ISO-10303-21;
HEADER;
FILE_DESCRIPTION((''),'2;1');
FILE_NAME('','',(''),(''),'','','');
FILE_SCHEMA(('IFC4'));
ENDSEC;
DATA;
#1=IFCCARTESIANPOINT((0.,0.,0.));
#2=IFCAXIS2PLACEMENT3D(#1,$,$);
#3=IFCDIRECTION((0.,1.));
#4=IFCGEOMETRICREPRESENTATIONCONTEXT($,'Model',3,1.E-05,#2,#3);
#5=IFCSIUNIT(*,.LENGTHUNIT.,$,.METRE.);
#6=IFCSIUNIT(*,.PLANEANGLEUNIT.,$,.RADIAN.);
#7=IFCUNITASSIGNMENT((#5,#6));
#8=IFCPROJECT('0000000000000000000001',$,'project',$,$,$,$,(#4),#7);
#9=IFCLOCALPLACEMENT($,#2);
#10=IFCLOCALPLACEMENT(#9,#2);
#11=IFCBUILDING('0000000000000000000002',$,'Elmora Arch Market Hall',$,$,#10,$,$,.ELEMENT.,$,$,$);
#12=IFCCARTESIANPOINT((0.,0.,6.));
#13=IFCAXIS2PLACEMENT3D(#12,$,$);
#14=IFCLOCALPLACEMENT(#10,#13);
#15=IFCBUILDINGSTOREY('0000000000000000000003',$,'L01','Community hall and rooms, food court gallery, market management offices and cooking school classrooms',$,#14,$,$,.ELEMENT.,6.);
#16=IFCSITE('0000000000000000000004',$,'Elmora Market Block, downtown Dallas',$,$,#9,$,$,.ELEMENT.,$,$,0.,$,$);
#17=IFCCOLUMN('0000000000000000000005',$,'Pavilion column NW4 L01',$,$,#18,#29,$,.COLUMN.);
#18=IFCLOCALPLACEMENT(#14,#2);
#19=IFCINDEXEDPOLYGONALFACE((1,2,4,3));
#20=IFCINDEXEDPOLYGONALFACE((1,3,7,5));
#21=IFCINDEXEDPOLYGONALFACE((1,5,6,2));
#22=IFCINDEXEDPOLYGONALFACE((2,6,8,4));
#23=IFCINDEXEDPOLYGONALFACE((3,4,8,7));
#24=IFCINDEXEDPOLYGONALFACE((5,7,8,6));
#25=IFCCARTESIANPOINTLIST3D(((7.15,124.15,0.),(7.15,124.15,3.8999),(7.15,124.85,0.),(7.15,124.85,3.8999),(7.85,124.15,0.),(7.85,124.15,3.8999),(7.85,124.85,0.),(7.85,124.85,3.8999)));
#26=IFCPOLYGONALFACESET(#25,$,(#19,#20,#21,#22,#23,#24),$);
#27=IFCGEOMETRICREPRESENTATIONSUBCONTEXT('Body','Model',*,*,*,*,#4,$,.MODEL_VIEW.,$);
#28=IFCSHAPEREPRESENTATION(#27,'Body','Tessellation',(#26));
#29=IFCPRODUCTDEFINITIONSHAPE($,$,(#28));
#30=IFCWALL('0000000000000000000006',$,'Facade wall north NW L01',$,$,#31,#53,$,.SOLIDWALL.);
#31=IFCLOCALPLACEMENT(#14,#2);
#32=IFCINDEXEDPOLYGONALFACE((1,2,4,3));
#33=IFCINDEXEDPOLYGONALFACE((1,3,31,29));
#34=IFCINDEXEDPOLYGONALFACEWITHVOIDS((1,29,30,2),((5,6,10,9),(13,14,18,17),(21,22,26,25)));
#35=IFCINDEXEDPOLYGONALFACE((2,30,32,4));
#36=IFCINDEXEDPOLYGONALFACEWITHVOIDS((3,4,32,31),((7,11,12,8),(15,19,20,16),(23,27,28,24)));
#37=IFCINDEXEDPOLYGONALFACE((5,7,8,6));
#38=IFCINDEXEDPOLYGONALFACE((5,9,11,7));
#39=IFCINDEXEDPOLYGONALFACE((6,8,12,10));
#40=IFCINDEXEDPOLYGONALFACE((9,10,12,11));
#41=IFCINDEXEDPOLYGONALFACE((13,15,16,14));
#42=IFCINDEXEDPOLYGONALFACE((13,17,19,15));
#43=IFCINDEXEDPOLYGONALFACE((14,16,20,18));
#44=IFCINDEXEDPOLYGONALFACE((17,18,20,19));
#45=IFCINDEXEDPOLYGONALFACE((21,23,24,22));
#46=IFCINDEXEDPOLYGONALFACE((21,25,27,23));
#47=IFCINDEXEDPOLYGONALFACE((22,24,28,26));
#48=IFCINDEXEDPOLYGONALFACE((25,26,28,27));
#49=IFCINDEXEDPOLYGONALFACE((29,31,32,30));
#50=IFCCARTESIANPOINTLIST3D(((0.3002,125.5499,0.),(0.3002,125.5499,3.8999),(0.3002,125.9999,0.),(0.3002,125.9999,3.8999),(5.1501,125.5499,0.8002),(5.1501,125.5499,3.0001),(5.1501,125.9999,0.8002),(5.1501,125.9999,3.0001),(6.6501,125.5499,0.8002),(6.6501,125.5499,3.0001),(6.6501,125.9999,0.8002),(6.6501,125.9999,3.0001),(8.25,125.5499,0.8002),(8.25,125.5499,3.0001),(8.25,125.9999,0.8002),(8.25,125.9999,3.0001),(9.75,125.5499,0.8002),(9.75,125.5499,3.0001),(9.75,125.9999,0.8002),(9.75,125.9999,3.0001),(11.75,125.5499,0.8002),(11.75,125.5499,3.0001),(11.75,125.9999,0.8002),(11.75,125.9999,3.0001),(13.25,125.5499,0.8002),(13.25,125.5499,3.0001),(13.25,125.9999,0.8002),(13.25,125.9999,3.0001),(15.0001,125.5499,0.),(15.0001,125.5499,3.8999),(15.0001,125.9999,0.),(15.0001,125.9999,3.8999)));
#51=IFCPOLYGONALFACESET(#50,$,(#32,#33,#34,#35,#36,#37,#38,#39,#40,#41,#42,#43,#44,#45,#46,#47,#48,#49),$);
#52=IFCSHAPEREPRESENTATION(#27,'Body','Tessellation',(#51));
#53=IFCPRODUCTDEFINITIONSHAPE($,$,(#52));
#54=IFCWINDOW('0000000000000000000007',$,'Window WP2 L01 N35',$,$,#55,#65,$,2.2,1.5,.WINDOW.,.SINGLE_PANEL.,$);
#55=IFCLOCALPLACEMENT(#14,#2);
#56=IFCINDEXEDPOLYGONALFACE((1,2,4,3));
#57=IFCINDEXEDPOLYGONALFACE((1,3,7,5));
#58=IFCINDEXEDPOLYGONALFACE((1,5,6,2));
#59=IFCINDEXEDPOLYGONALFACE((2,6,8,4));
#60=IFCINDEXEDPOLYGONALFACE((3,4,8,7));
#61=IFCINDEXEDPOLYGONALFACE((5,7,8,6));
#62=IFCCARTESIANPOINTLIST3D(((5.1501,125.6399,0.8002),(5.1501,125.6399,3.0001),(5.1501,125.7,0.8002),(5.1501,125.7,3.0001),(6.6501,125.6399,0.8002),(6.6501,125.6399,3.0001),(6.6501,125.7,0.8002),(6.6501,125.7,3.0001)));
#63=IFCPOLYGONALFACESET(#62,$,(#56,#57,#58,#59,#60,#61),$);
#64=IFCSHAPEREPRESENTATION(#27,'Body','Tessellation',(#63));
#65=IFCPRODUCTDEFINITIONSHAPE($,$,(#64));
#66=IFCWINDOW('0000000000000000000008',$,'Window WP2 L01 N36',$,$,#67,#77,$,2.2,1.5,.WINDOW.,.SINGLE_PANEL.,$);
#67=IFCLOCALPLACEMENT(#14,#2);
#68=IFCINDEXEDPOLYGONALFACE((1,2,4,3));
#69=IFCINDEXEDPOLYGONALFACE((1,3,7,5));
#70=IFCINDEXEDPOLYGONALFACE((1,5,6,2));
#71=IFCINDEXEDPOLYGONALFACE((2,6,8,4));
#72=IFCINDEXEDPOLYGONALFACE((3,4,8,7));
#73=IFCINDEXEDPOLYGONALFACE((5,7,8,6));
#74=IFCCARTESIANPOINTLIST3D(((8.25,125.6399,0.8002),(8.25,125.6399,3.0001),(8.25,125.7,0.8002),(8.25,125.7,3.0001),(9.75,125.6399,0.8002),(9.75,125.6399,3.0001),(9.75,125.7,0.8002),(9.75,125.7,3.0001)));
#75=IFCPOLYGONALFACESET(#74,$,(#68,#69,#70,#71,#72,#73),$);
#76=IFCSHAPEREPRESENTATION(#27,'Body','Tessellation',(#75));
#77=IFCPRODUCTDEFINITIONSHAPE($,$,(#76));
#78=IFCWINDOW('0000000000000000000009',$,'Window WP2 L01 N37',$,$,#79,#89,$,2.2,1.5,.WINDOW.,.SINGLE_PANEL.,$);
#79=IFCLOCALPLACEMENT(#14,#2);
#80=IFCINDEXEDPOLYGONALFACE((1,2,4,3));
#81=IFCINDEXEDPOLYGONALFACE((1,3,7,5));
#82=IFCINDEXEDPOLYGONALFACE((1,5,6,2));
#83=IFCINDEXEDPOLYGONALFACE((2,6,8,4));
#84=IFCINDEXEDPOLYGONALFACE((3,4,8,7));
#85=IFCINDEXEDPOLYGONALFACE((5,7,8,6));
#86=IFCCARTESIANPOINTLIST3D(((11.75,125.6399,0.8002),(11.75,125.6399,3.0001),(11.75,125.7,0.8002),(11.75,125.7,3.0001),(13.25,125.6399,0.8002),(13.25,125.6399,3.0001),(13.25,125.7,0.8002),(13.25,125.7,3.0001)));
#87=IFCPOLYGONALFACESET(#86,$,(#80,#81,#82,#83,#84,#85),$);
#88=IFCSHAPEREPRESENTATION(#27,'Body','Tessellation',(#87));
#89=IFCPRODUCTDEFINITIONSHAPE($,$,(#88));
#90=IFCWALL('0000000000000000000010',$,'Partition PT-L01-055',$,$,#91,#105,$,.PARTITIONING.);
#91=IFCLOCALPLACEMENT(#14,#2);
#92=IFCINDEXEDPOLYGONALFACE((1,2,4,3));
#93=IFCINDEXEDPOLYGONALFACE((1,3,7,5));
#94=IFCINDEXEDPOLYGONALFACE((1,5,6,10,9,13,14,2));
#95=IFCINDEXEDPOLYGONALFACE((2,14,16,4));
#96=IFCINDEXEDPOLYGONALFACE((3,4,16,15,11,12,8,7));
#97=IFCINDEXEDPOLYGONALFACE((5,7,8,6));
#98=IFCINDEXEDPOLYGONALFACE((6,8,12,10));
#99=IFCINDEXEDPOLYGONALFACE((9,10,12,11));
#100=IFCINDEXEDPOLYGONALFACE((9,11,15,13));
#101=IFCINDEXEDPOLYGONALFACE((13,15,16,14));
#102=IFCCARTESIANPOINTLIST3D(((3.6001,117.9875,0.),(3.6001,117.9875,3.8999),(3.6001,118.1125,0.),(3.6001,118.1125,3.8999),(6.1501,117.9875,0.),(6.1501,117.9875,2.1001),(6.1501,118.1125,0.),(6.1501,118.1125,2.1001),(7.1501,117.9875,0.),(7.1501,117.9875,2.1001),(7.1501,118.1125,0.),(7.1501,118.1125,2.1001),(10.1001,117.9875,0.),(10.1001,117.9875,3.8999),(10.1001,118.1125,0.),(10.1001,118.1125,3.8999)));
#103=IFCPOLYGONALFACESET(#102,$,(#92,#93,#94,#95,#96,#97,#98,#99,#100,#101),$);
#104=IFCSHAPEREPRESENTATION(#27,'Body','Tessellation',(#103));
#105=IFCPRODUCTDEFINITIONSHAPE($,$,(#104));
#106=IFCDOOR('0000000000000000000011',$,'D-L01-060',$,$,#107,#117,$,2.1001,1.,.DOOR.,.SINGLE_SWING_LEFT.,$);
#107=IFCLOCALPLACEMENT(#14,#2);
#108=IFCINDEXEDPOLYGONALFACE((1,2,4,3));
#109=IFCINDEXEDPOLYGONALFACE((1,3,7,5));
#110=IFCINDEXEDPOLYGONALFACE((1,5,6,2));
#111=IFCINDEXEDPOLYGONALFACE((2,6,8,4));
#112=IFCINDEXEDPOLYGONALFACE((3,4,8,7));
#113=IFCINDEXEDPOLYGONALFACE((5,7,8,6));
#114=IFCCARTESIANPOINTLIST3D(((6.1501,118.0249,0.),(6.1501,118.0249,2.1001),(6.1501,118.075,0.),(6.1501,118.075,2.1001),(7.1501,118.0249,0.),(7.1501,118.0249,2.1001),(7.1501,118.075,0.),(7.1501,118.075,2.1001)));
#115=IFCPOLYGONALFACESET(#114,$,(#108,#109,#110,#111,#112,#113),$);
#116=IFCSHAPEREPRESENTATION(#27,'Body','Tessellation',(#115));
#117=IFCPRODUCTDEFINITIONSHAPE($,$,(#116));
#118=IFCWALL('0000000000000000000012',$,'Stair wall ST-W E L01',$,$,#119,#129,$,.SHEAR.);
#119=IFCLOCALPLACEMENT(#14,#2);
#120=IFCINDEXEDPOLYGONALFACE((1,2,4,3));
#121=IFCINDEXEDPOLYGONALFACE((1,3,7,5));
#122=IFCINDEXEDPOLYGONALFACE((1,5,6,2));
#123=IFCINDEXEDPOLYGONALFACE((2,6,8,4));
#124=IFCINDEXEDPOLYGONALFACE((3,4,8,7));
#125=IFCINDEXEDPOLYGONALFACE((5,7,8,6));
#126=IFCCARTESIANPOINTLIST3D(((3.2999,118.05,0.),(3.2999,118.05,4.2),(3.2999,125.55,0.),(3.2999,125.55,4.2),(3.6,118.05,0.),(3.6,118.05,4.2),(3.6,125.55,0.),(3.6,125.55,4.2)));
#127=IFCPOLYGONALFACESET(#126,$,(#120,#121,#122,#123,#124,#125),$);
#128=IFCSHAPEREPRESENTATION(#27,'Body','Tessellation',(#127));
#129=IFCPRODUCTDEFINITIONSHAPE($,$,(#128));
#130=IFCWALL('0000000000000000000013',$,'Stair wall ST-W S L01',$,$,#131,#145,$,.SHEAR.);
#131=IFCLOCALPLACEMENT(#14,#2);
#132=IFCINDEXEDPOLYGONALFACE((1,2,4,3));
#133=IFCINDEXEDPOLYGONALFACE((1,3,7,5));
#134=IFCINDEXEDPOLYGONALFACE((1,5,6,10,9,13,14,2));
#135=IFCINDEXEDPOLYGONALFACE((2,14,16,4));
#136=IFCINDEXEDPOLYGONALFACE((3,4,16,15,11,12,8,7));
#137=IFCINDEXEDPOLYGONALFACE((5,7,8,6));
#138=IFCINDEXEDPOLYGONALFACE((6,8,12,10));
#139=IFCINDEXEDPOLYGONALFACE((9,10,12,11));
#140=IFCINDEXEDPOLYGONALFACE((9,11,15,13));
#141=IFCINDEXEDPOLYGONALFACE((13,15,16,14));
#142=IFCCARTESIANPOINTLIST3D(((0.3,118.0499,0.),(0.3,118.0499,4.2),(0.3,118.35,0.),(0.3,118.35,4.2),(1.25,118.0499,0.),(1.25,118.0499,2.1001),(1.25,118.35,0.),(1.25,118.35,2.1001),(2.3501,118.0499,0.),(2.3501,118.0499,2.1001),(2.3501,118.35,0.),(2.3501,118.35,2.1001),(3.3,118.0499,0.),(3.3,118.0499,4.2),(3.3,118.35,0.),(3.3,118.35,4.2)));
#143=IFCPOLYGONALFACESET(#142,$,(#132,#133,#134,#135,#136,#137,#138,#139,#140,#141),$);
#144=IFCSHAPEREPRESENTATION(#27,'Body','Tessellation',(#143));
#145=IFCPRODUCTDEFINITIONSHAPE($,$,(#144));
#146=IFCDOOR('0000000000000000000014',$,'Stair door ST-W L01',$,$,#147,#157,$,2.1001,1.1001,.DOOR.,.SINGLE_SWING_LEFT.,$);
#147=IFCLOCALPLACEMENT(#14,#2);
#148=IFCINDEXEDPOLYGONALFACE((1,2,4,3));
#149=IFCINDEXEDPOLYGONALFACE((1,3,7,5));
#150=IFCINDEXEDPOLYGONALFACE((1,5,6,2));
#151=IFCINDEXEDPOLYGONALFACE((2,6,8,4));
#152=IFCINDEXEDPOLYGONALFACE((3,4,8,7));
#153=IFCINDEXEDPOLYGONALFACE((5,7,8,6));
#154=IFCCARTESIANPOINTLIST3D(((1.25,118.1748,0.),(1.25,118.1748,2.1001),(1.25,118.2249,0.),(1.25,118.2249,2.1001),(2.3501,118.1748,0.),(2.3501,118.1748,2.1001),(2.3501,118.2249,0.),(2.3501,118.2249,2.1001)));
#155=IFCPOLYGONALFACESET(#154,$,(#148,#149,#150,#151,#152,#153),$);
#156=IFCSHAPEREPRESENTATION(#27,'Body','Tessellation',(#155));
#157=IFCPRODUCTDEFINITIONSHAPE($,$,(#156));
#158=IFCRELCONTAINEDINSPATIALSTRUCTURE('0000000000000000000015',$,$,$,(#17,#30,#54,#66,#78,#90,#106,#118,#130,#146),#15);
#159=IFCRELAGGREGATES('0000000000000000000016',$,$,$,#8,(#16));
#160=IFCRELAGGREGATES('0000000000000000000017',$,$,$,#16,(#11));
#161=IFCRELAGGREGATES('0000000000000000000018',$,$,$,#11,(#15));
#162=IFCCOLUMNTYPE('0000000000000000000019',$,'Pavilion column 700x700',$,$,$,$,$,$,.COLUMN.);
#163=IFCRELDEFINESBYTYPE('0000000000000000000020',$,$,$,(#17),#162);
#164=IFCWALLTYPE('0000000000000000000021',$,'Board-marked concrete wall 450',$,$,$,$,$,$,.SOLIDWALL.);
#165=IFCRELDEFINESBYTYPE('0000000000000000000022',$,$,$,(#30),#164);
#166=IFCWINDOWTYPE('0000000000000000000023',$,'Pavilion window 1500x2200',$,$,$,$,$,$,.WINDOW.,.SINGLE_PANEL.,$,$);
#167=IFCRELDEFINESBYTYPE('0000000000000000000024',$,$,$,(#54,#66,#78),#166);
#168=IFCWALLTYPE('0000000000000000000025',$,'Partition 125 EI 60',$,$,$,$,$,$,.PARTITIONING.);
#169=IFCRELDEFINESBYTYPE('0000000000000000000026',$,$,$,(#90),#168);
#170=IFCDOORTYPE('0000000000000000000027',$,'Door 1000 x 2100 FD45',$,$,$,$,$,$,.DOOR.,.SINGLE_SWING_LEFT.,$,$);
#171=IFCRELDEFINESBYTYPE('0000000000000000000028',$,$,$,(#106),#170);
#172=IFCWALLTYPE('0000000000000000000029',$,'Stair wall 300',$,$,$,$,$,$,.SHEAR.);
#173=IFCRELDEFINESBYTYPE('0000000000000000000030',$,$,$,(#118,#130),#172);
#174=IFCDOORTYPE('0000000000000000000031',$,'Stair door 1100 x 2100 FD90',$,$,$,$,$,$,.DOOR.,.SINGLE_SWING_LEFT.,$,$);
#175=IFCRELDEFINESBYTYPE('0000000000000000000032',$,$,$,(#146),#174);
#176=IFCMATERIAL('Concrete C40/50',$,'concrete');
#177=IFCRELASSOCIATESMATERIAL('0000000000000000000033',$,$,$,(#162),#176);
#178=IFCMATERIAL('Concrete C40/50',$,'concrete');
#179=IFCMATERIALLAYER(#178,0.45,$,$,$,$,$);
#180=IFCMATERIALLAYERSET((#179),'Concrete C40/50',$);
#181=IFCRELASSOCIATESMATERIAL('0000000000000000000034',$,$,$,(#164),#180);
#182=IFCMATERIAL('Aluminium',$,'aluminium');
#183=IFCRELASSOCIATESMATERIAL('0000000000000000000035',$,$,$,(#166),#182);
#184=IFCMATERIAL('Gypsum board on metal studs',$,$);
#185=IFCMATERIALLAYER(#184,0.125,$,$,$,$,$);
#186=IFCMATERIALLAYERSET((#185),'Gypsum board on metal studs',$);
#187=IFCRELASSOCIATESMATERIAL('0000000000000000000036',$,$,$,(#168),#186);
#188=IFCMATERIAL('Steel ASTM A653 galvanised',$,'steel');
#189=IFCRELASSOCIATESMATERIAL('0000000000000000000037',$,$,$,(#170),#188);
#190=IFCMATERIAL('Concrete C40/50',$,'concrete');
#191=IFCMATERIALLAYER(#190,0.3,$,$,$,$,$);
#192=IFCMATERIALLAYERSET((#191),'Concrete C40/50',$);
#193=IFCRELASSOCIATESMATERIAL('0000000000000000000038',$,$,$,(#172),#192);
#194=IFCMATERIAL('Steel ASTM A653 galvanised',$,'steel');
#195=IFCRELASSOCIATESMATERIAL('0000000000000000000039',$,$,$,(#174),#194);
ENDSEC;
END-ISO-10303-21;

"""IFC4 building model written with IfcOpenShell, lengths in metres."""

from ifc_helpers import new_model, si_unit, direction, frame, frame_2d, origin, origin_2d, place, context, subcontext, project, spatial, rectangle, extrude, material, layer, layer_set, material_profile, profile_set, type_object, element, fill, save


model = new_model("IFC4")

# Units and contexts
model_context = context("Model", 3, precision=1e-05, world=origin(), true_north=direction((0.0, 1.0)))
body_context = subcontext(model_context, "Body", "Model", "MODEL_VIEW")
ifc_project = project(units=[si_unit("LENGTHUNIT", "METRE"), si_unit("PLANEANGLEUNIT", "RADIAN")], contexts=[model_context])

# Site, building, storey
site_placement = place(None, origin())
site = spatial("IfcSite", under=ifc_project, at=site_placement, Name="Elmora Market Block, downtown Dallas", CompositionType="ELEMENT", RefElevation=0.0)
building_placement = place(site_placement, origin())
building = spatial("IfcBuilding", under=site, at=building_placement, Name="Elmora Arch Market Hall", CompositionType="ELEMENT")
storey_placement = place(building_placement, frame((0.0, 0.0, 6.0)))
storey = spatial("IfcBuildingStorey", under=building, at=storey_placement, Name="L01", Description="Community hall and rooms, food court gallery, market management offices and cooking school classrooms", CompositionType="ELEMENT", Elevation=6.0)

# Column
ifc_material_1 = material(Name="Concrete C40/50", Category="concrete")
ifc_material_profile = material_profile(ifc_material_1, rectangle(XDim=0.7, YDim=0.7, at=origin_2d()), Name="Pavilion column 700x700")
ifc_profile_set = profile_set([ifc_material_profile], Name="Concrete C40/50")
column_type = type_object("IfcColumnType", Name="Pavilion column 700x700", PredefinedType="COLUMN", material=ifc_profile_set)
column_placement = place(storey_placement, frame((7.5, 124.5, 0.0), z_axis=(0.0, 0.0, 1.0), x_axis=(1.0, 0.0, 0.0)))
element("IfcColumn", 1, at=column_placement, inside=storey, type_object=column_type, Name="Pavilion column NW4 L01", PredefinedType="COLUMN", context=body_context, shape_type="SweptSolid", body=[
    extrude(rectangle(XDim=0.7, YDim=0.7, at=origin_2d()), origin(), (0.0, 0.0, 1.0), 3.8999),
])

# Wall, openings, windows
ifc_material_2 = material(Name="Concrete C40/50", Category="concrete")
ifc_layer_1 = layer(ifc_material_2, 0.45)
ifc_layer_set_1 = layer_set([ifc_layer_1], Name="Concrete C40/50")
wall_type_1 = type_object("IfcWallType", Name="Board-marked concrete wall 450", PredefinedType="SOLIDWALL", material=ifc_layer_set_1)
wall_1_placement = place(storey_placement, frame((0.3, 125.7749, 0.0), z_axis=(0.0, 0.0, 1.0), x_axis=(1.0, 0.0, 0.0)))
wall_1 = element("IfcWall", 2, at=wall_1_placement, inside=storey, type_object=wall_type_1, Name="Facade wall north NW L01", PredefinedType="SOLIDWALL", context=body_context, shape_type="SweptSolid", body=[
    extrude(rectangle(XDim=14.7, YDim=0.45, at=frame_2d((7.3501, 0.0))), origin(), (0.0, 0.0, 1.0), 3.8999),
])
opening_1_placement = place(wall_1_placement, frame((4.8501, 0.0, 0.8)))
opening_1 = element("IfcOpeningElement", 3, at=opening_1_placement, cuts=wall_1, PredefinedType="OPENING", context=body_context, shape_type="SweptSolid", body=[
    extrude(rectangle(XDim=1.5, YDim=2.2, at=frame_2d((0.75, 1.1001))), frame((0.0, 0.2349, 0.0), z_axis=(0.0, -1.0, 0.0), x_axis=(1.0, 0.0, 0.0)), (0.0, 0.0, 1.0), 0.47),
])
opening_2_placement = place(wall_1_placement, frame((7.95, 0.0, 0.8)))
opening_2 = element("IfcOpeningElement", 4, at=opening_2_placement, cuts=wall_1, PredefinedType="OPENING", context=body_context, shape_type="SweptSolid", body=[
    extrude(rectangle(XDim=1.5, YDim=2.2, at=frame_2d((0.75, 1.1001))), frame((0.0, 0.2349, 0.0), z_axis=(0.0, -1.0, 0.0), x_axis=(1.0, 0.0, 0.0)), (0.0, 0.0, 1.0), 0.47),
])
opening_3_placement = place(wall_1_placement, frame((11.45, 0.0, 0.8)))
opening_3 = element("IfcOpeningElement", 5, at=opening_3_placement, cuts=wall_1, PredefinedType="OPENING", context=body_context, shape_type="SweptSolid", body=[
    extrude(rectangle(XDim=1.5, YDim=2.2, at=frame_2d((0.75, 1.1001))), frame((0.0, 0.2349, 0.0), z_axis=(0.0, -1.0, 0.0), x_axis=(1.0, 0.0, 0.0)), (0.0, 0.0, 1.0), 0.47),
])
ifc_material_3 = material(Name="Aluminium", Category="aluminium")
window_type = type_object("IfcWindowType", Name="Pavilion window 1500x2200", PartitioningType="SINGLE_PANEL", PredefinedType="WINDOW", material=ifc_material_3)
window_1_placement = place(opening_1_placement, origin())
window_1 = element("IfcWindow", 6, at=window_1_placement, inside=storey, type_object=window_type, Name="Window WP2 L01 N35", OverallHeight=2.2, OverallWidth=1.5, PartitioningType="SINGLE_PANEL", PredefinedType="WINDOW", context=body_context, shape_type="SweptSolid", body=[
    extrude(rectangle(XDim=1.5, YDim=2.2, at=frame_2d((0.75, 1.1001))), frame((0.0, -0.075, 0.0), z_axis=(0.0, -1.0, 0.0), x_axis=(1.0, 0.0, 0.0)), (0.0, 0.0, 1.0), 0.0601),
])
fill(opening_1, window_1)
window_2_placement = place(opening_2_placement, origin())
window_2 = element("IfcWindow", 7, at=window_2_placement, inside=storey, type_object=window_type, Name="Window WP2 L01 N36", OverallHeight=2.2, OverallWidth=1.5, PartitioningType="SINGLE_PANEL", PredefinedType="WINDOW", context=body_context, shape_type="SweptSolid", body=[
    extrude(rectangle(XDim=1.5, YDim=2.2, at=frame_2d((0.75, 1.1001))), frame((0.0, -0.075, 0.0), z_axis=(0.0, -1.0, 0.0), x_axis=(1.0, 0.0, 0.0)), (0.0, 0.0, 1.0), 0.0601),
])
fill(opening_2, window_2)
window_3_placement = place(opening_3_placement, origin())
window_3 = element("IfcWindow", 8, at=window_3_placement, inside=storey, type_object=window_type, Name="Window WP2 L01 N37", OverallHeight=2.2, OverallWidth=1.5, PartitioningType="SINGLE_PANEL", PredefinedType="WINDOW", context=body_context, shape_type="SweptSolid", body=[
    extrude(rectangle(XDim=1.5, YDim=2.2, at=frame_2d((0.75, 1.1001))), frame((0.0, -0.075, 0.0), z_axis=(0.0, -1.0, 0.0), x_axis=(1.0, 0.0, 0.0)), (0.0, 0.0, 1.0), 0.0601),
])
fill(opening_3, window_3)

# Wall, opening, door
ifc_material_4 = material(Name="Gypsum board on metal studs")
ifc_layer_2 = layer(ifc_material_4, 0.125)
ifc_layer_set_2 = layer_set([ifc_layer_2], Name="Gypsum board on metal studs")
wall_type_2 = type_object("IfcWallType", Name="Partition 125 EI 60", PredefinedType="PARTITIONING", material=ifc_layer_set_2)
wall_2_placement = place(storey_placement, frame((3.6001, 118.05, 0.0), z_axis=(0.0, 0.0, 1.0), x_axis=(1.0, 0.0, 0.0)))
wall_2 = element("IfcWall", 9, at=wall_2_placement, inside=storey, type_object=wall_type_2, Name="Partition PT-L01-055", PredefinedType="PARTITIONING", context=body_context, shape_type="SweptSolid", body=[
    extrude(rectangle(XDim=6.5, YDim=0.125, at=frame_2d((3.25, 0.0))), origin(), (0.0, 0.0, 1.0), 3.8999),
])
opening_4_placement = place(wall_2_placement, frame((2.55, 0.0, 0.0)))
opening_4 = element("IfcOpeningElement", 10, at=opening_4_placement, cuts=wall_2, PredefinedType="OPENING", context=body_context, shape_type="SweptSolid", body=[
    extrude(rectangle(XDim=1.0, YDim=2.1001, at=frame_2d((0.5, 1.05))), frame((0.0, 0.0725, 0.0), z_axis=(0.0, -1.0, 0.0), x_axis=(1.0, 0.0, 0.0)), (0.0, 0.0, 1.0), 0.145),
])
ifc_material_5 = material(Name="Steel ASTM A653 galvanised", Category="steel")
door_type_1 = type_object("IfcDoorType", Name="Door 1000 x 2100 FD45", OperationType="SINGLE_SWING_LEFT", PredefinedType="DOOR", material=ifc_material_5)
door_1_placement = place(opening_4_placement, origin())
door_1 = element("IfcDoor", 11, at=door_1_placement, inside=storey, type_object=door_type_1, Name="D-L01-060", OperationType="SINGLE_SWING_LEFT", OverallHeight=2.1001, OverallWidth=1.0, PredefinedType="DOOR", context=body_context, shape_type="SweptSolid", body=[
    extrude(rectangle(XDim=1.0, YDim=2.1001, at=frame_2d((0.5, 1.05))), frame((0.0, 0.0249, 0.0), z_axis=(0.0, -1.0, 0.0), x_axis=(1.0, 0.0, 0.0)), (0.0, 0.0, 1.0), 0.05),
])
fill(opening_4, door_1)

# Wall
ifc_material_6 = material(Name="Concrete C40/50", Category="concrete")
ifc_layer_3 = layer(ifc_material_6, 0.3)
ifc_layer_set_3 = layer_set([ifc_layer_3], Name="Concrete C40/50")
wall_type_3 = type_object("IfcWallType", Name="Stair wall 300", PredefinedType="SHEAR", material=ifc_layer_set_3)
wall_3_placement = place(storey_placement, frame((3.45, 118.05, 0.0), z_axis=(0.0, 0.0, 1.0), x_axis=(0.0, 1.0, 0.0)))
element("IfcWall", 12, at=wall_3_placement, inside=storey, type_object=wall_type_3, Name="Stair wall ST-W E L01", PredefinedType="SHEAR", context=body_context, shape_type="SweptSolid", body=[
    extrude(rectangle(XDim=7.5, YDim=0.3, at=frame_2d((3.75, 0.0))), origin(), (0.0, 0.0, 1.0), 4.2),
])

# Wall, opening, door
wall_4_placement = place(storey_placement, frame((0.3, 118.2, 0.0), z_axis=(0.0, 0.0, 1.0), x_axis=(1.0, 0.0, 0.0)))
wall_4 = element("IfcWall", 13, at=wall_4_placement, inside=storey, type_object=wall_type_3, Name="Stair wall ST-W S L01", PredefinedType="SHEAR", context=body_context, shape_type="SweptSolid", body=[
    extrude(rectangle(XDim=3.0, YDim=0.3, at=frame_2d((1.5, 0.0))), origin(), (0.0, 0.0, 1.0), 4.2),
])
opening_5_placement = place(wall_4_placement, frame((0.95, 0.0, 0.0)))
opening_5 = element("IfcOpeningElement", 14, at=opening_5_placement, cuts=wall_4, PredefinedType="OPENING", context=body_context, shape_type="SweptSolid", body=[
    extrude(rectangle(XDim=1.1001, YDim=2.1001, at=frame_2d((0.55, 1.05))), frame((0.0, 0.1599, 0.0), z_axis=(0.0, -1.0, 0.0), x_axis=(1.0, 0.0, 0.0)), (0.0, 0.0, 1.0), 0.3201),
])
ifc_material_7 = material(Name="Steel ASTM A653 galvanised", Category="steel")
door_type_2 = type_object("IfcDoorType", Name="Stair door 1100 x 2100 FD90", OperationType="SINGLE_SWING_LEFT", PredefinedType="DOOR", material=ifc_material_7)
door_2_placement = place(opening_5_placement, origin())
door_2 = element("IfcDoor", 15, at=door_2_placement, inside=storey, type_object=door_type_2, Name="Stair door ST-W L01", OperationType="SINGLE_SWING_LEFT", OverallHeight=2.1001, OverallWidth=1.1001, PredefinedType="DOOR", context=body_context, shape_type="SweptSolid", body=[
    extrude(rectangle(XDim=1.1001, YDim=2.1001, at=frame_2d((0.55, 1.05))), frame((0.0, 0.0249, 0.0), z_axis=(0.0, -1.0, 0.0), x_axis=(1.0, 0.0, 0.0)), (0.0, 0.0, 1.0), 0.05),
])
fill(opening_5, door_2)

save(model, "model.ifc")
